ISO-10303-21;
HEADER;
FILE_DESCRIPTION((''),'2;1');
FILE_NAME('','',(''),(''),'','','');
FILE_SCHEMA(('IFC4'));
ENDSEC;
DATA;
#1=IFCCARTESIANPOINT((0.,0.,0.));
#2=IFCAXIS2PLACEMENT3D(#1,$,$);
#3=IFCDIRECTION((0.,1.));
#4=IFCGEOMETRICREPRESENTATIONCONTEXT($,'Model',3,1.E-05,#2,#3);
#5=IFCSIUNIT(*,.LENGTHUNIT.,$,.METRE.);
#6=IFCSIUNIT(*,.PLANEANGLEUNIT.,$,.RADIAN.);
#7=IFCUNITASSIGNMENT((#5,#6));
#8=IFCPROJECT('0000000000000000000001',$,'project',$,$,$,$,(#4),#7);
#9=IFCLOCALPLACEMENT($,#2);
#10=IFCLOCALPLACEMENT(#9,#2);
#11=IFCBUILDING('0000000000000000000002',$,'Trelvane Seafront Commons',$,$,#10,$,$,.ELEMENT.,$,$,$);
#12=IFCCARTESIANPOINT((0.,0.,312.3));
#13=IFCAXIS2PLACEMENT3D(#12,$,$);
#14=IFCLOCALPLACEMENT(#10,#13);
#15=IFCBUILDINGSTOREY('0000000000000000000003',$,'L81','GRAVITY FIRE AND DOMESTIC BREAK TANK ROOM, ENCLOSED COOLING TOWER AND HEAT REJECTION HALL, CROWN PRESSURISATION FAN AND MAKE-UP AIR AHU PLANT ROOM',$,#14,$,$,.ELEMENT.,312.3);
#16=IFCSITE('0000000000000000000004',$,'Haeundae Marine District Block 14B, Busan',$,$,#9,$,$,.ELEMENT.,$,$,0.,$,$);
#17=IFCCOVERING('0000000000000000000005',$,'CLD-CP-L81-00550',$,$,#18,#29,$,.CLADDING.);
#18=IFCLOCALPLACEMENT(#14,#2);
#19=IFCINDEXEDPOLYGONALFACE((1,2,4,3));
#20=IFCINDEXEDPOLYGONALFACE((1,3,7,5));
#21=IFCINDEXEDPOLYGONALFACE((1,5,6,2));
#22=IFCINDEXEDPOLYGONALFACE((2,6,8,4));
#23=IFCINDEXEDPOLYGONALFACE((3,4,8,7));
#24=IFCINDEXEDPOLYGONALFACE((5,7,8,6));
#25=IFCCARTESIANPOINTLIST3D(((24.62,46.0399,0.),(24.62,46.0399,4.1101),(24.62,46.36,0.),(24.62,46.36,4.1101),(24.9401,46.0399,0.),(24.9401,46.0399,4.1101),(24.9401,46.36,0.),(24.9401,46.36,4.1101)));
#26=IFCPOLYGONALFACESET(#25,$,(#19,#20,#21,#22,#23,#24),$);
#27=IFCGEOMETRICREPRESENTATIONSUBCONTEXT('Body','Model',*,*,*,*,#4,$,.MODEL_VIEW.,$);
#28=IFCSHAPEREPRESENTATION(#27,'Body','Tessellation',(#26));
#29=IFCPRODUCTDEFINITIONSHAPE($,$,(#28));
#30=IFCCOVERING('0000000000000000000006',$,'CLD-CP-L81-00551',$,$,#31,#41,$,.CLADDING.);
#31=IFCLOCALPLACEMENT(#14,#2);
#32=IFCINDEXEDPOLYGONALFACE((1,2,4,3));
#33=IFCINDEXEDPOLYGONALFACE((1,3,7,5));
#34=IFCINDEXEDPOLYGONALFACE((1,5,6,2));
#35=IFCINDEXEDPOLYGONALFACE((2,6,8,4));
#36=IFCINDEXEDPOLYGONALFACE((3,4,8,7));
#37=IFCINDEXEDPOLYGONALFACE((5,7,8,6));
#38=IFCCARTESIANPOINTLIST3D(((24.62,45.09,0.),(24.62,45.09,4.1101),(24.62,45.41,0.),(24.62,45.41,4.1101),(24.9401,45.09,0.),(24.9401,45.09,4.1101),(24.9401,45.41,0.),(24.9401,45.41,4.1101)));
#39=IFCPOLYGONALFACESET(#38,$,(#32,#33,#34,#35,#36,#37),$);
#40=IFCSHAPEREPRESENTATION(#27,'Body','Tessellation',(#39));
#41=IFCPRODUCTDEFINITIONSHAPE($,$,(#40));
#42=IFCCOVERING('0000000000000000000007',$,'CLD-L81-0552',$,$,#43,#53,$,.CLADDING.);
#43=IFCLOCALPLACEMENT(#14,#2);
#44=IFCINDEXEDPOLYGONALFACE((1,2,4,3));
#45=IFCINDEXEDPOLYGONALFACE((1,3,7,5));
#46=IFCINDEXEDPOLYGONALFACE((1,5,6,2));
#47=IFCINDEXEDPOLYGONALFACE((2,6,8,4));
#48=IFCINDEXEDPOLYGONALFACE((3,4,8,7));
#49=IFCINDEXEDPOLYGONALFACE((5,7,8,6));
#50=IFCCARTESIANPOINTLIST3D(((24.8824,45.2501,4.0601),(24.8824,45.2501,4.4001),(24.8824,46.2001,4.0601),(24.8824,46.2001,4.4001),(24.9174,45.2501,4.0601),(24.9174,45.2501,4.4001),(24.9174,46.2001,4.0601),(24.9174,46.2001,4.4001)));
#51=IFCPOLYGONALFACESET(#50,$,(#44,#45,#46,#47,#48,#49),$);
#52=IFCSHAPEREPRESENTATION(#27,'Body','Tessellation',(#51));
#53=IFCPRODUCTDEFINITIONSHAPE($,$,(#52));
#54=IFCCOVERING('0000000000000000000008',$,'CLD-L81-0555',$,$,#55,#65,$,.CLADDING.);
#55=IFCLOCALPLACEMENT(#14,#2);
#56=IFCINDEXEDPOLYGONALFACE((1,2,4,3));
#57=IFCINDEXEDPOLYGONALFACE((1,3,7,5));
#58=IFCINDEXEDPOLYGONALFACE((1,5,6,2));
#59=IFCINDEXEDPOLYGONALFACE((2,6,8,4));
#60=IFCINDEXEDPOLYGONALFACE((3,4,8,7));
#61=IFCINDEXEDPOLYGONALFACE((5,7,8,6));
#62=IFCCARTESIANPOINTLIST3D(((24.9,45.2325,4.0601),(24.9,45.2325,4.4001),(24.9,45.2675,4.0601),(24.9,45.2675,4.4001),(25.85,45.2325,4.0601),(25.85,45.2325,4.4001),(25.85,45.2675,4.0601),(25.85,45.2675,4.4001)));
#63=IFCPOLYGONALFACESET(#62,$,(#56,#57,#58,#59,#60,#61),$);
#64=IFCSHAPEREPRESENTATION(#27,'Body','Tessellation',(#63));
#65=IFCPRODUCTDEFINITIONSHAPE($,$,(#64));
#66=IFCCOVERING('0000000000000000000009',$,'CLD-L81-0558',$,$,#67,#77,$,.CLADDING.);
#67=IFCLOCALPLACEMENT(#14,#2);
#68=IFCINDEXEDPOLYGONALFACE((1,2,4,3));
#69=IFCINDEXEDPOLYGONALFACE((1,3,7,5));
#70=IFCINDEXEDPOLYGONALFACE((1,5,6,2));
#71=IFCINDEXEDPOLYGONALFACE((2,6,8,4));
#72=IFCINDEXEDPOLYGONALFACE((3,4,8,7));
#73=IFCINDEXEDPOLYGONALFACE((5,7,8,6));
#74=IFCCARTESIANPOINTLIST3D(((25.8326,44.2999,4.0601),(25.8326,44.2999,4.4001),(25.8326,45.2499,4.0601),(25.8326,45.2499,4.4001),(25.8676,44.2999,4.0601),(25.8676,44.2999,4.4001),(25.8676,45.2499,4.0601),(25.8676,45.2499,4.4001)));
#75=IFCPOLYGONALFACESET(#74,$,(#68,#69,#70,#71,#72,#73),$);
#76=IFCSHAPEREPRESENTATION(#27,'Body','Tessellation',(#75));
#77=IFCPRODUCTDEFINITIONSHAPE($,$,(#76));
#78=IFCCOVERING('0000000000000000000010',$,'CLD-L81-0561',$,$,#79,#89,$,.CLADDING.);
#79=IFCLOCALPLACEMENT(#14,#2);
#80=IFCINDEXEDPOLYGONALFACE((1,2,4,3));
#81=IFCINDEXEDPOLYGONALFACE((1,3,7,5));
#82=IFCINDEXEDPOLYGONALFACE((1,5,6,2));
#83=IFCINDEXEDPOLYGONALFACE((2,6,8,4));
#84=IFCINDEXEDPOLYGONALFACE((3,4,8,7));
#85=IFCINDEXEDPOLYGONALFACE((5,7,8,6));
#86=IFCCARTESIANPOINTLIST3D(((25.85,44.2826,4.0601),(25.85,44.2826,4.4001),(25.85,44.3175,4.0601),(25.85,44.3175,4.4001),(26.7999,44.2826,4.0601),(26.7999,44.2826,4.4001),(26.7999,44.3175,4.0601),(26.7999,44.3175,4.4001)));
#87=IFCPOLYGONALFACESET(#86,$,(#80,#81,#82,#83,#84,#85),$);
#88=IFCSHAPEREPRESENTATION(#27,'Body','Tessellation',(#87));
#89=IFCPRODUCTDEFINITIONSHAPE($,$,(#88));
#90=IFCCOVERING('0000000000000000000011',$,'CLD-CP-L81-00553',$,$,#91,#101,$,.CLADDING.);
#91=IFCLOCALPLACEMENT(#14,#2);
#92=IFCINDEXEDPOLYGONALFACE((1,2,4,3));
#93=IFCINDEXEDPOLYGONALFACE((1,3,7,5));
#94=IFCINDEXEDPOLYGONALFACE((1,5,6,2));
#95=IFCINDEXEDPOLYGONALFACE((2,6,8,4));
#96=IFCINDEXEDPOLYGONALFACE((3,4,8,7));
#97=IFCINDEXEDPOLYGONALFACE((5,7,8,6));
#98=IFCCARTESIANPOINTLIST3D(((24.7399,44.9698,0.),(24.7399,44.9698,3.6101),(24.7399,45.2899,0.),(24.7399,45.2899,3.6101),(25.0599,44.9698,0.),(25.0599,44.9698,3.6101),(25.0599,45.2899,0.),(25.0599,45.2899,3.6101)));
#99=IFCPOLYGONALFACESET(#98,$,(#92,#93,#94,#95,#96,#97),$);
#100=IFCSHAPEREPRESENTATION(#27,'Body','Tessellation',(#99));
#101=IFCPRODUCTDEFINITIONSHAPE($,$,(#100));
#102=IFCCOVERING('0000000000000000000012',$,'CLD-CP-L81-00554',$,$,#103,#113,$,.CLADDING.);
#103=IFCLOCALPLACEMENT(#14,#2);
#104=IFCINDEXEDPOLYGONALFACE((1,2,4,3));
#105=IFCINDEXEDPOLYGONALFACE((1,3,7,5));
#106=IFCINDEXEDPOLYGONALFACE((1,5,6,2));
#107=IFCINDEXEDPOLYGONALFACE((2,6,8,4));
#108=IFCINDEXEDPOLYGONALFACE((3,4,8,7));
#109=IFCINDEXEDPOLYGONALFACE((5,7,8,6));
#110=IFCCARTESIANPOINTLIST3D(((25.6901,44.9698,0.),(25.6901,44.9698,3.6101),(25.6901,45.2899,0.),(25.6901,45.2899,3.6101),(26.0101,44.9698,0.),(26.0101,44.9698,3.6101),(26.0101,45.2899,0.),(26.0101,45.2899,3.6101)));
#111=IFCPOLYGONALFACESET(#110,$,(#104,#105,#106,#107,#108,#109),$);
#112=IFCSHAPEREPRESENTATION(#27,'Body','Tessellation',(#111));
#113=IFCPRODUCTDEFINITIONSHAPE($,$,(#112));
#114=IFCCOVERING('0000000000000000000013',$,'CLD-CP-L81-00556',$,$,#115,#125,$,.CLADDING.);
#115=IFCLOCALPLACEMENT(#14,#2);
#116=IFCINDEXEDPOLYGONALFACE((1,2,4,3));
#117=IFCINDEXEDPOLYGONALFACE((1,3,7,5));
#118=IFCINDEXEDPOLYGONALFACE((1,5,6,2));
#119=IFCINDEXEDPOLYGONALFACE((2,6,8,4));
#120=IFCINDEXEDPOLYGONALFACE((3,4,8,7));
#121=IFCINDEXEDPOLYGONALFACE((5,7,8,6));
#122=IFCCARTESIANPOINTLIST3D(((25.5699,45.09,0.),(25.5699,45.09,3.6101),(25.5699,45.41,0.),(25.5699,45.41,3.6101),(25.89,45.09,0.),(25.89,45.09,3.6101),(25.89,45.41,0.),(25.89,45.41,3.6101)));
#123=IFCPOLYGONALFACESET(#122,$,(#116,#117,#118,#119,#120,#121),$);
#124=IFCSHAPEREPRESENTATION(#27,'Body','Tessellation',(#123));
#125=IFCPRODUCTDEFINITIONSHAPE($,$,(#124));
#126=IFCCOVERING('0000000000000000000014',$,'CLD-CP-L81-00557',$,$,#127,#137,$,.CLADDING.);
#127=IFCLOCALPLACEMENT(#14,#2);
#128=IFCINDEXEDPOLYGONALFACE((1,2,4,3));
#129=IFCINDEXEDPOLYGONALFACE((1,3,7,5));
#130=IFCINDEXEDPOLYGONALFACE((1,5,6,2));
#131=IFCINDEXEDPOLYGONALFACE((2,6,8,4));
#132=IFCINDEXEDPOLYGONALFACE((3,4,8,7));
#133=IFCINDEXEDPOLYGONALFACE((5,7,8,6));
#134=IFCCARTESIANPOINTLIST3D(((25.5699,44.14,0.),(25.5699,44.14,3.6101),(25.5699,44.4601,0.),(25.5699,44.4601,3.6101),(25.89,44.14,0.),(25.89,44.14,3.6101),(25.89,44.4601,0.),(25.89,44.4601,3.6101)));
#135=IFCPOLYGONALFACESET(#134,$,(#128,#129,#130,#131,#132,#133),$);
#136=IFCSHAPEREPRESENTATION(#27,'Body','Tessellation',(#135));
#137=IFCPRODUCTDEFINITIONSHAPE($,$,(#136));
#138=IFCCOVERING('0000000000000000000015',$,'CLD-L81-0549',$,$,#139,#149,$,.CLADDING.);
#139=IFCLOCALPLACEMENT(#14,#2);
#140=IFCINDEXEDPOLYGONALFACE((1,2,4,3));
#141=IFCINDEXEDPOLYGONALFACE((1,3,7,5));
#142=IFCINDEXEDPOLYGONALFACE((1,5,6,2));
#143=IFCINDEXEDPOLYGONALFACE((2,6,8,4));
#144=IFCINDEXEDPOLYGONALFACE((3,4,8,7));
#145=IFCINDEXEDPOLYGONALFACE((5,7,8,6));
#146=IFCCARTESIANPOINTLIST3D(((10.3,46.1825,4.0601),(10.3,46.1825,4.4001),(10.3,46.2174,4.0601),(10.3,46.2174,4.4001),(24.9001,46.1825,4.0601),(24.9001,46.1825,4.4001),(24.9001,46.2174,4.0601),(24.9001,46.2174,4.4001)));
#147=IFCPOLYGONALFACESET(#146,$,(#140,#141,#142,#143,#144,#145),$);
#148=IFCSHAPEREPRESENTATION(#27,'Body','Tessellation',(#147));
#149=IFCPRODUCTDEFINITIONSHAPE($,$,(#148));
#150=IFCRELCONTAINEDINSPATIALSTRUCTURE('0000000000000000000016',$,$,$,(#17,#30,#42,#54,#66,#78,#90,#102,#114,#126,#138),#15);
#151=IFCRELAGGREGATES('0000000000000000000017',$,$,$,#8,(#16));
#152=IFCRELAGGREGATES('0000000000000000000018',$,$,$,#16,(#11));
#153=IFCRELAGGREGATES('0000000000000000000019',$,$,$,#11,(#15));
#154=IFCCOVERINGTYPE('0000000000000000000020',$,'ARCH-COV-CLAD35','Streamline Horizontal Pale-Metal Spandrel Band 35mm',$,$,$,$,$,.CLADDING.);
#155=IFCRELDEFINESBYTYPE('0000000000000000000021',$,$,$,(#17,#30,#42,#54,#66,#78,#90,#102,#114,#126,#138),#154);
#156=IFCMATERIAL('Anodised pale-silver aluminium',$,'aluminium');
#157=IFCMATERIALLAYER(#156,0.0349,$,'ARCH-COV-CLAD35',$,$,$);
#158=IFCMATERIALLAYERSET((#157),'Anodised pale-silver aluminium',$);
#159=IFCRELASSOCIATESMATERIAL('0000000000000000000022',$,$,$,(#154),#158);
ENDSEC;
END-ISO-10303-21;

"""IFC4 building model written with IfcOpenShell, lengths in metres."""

from ifc_helpers import new_model, si_unit, direction, frame, origin, origin_2d, place, context, subcontext, project, spatial, rectangle, extrude, source, transform, mapped, material, layer, layer_set, type_object, element, save


model = new_model("IFC4")

# Units and contexts
model_context = context("Model", 3, precision=1e-05, world=origin(), true_north=direction((0.0, 1.0)))
body_context = subcontext(model_context, "Body", "Model", "MODEL_VIEW")
ifc_project = project(units=[si_unit("LENGTHUNIT", "METRE"), si_unit("PLANEANGLEUNIT", "RADIAN")], contexts=[model_context])

# Site, building, storey
site_placement = place(None, origin())
site = spatial("IfcSite", under=ifc_project, at=site_placement, Name="Haeundae Marine District Block 14B, Busan", CompositionType="ELEMENT", RefElevation=0.0)
building_placement = place(site_placement, origin())
building = spatial("IfcBuilding", under=site, at=building_placement, Name="Trelvane Seafront Commons", CompositionType="ELEMENT")
storey_placement = place(building_placement, frame((0.0, 0.0, 312.3)))
storey = spatial("IfcBuildingStorey", under=building, at=storey_placement, Name="L81", Description="GRAVITY FIRE AND DOMESTIC BREAK TANK ROOM, ENCLOSED COOLING TOWER AND HEAT REJECTION HALL, CROWN PRESSURISATION FAN AND MAKE-UP AIR AHU PLANT ROOM", CompositionType="ELEMENT", Elevation=312.3)

# Shared definitions
ifc_material_1 = material(Name="Anodised pale-silver aluminium", Category="aluminium")

# Coverings
ifc_layer_1 = layer(ifc_material_1, 0.0349, Name="ARCH-COV-CLAD35")
ifc_layer_set_1 = layer_set([ifc_layer_1], Name="Anodised pale-silver aluminium")
covering_type = type_object("IfcCoveringType", Name="ARCH-COV-CLAD35", Description="Streamline Horizontal Pale-Metal Spandrel Band 35mm", PredefinedType="CLADDING", material=ifc_layer_set_1)
shared_shape_1 = source(origin(), body_context, "Body", "SweptSolid", [
    extrude(rectangle(XDim=0.3201, YDim=0.3201, at=origin_2d()), origin(), (0.0, 0.0, 1.0), 4.1101),
])
for number, where, z_axis, x_axis, name in (
    (1, (24.78, 46.2, 0.0), (0.0, 0.0, 1.0), (1.0, 0.0, 0.0), "CLD-CP-L81-00550"),
    (2, (24.78, 45.25, 0.0), (0.0, 0.0, 1.0), (1.0, 0.0, 0.0), "CLD-CP-L81-00551"),
):
    element("IfcCovering", number, at=place(storey_placement, frame(where, z_axis=z_axis, x_axis=x_axis)), inside=storey, type_object=covering_type, Name=name, PredefinedType="CLADDING", context=body_context, shape_type="MappedRepresentation", body=[
        mapped(shared_shape_1, transform((0.0, 0.0, 0.0), x_axis=(1.0, 0.0, 0.0), y_axis=(0.0, 1.0, 0.0), z_axis=(0.0, 0.0, 1.0), scale=1.0)),
    ])
shared_shape_2 = source(origin(), body_context, "Body", "SweptSolid", [
    extrude(rectangle(XDim=0.95, YDim=0.0349, at=origin_2d()), origin(), (0.0, 0.0, 1.0), 0.3401),
])
for number, where, z_axis, x_axis, name in (
    (3, (24.8999, 45.7251, 4.0601), (0.0, 0.0, 1.0), (0.0, -1.0, 0.0), "CLD-L81-0552"),
    (4, (25.375, 45.25, 4.0601), (0.0, 0.0, 1.0), (1.0, 0.0, 0.0), "CLD-L81-0555"),
    (5, (25.8501, 44.7749, 4.0601), (0.0, 0.0, 1.0), (0.0, -1.0, 0.0), "CLD-L81-0558"),
    (6, (26.325, 44.3, 4.0601), (0.0, 0.0, 1.0), (1.0, 0.0, 0.0), "CLD-L81-0561"),
):
    element("IfcCovering", number, at=place(storey_placement, frame(where, z_axis=z_axis, x_axis=x_axis)), inside=storey, type_object=covering_type, Name=name, PredefinedType="CLADDING", context=body_context, shape_type="MappedRepresentation", body=[
        mapped(shared_shape_2, transform((0.0, 0.0, 0.0), x_axis=(1.0, 0.0, 0.0), y_axis=(0.0, 1.0, 0.0), z_axis=(0.0, 0.0, 1.0), scale=1.0)),
    ])
shared_shape_3 = source(origin(), body_context, "Body", "SweptSolid", [
    extrude(rectangle(XDim=0.3201, YDim=0.3201, at=origin_2d()), origin(), (0.0, 0.0, 1.0), 3.6101),
])
for number, where, z_axis, x_axis, name in (
    (7, (24.8999, 45.1299, 0.0), (0.0, 0.0, 1.0), (1.0, 0.0, 0.0), "CLD-CP-L81-00553"),
    (8, (25.8501, 45.1299, 0.0), (0.0, 0.0, 1.0), (1.0, 0.0, 0.0), "CLD-CP-L81-00554"),
    (9, (25.73, 45.25, 0.0), (0.0, 0.0, 1.0), (1.0, 0.0, 0.0), "CLD-CP-L81-00556"),
    (10, (25.73, 44.3, 0.0), (0.0, 0.0, 1.0), (1.0, 0.0, 0.0), "CLD-CP-L81-00557"),
):
    element("IfcCovering", number, at=place(storey_placement, frame(where, z_axis=z_axis, x_axis=x_axis)), inside=storey, type_object=covering_type, Name=name, PredefinedType="CLADDING", context=body_context, shape_type="MappedRepresentation", body=[
        mapped(shared_shape_3, transform((0.0, 0.0, 0.0), x_axis=(1.0, 0.0, 0.0), y_axis=(0.0, 1.0, 0.0), z_axis=(0.0, 0.0, 1.0), scale=1.0)),
    ])
shared_shape_4 = source(origin(), body_context, "Body", "SweptSolid", [
    extrude(rectangle(XDim=14.6001, YDim=0.0349, at=origin_2d()), origin(), (0.0, 0.0, 1.0), 0.3401),
])
covering_placement = place(storey_placement, frame((17.6001, 46.2, 4.0601), z_axis=(0.0, 0.0, 1.0), x_axis=(1.0, 0.0, 0.0)))
element("IfcCovering", 11, at=covering_placement, inside=storey, type_object=covering_type, Name="CLD-L81-0549", PredefinedType="CLADDING", context=body_context, shape_type="MappedRepresentation", body=[
    mapped(shared_shape_4, transform((0.0, 0.0, 0.0), x_axis=(1.0, 0.0, 0.0), y_axis=(0.0, 1.0, 0.0), z_axis=(0.0, 0.0, 1.0), scale=1.0)),
])

save(model, "model.ifc")
